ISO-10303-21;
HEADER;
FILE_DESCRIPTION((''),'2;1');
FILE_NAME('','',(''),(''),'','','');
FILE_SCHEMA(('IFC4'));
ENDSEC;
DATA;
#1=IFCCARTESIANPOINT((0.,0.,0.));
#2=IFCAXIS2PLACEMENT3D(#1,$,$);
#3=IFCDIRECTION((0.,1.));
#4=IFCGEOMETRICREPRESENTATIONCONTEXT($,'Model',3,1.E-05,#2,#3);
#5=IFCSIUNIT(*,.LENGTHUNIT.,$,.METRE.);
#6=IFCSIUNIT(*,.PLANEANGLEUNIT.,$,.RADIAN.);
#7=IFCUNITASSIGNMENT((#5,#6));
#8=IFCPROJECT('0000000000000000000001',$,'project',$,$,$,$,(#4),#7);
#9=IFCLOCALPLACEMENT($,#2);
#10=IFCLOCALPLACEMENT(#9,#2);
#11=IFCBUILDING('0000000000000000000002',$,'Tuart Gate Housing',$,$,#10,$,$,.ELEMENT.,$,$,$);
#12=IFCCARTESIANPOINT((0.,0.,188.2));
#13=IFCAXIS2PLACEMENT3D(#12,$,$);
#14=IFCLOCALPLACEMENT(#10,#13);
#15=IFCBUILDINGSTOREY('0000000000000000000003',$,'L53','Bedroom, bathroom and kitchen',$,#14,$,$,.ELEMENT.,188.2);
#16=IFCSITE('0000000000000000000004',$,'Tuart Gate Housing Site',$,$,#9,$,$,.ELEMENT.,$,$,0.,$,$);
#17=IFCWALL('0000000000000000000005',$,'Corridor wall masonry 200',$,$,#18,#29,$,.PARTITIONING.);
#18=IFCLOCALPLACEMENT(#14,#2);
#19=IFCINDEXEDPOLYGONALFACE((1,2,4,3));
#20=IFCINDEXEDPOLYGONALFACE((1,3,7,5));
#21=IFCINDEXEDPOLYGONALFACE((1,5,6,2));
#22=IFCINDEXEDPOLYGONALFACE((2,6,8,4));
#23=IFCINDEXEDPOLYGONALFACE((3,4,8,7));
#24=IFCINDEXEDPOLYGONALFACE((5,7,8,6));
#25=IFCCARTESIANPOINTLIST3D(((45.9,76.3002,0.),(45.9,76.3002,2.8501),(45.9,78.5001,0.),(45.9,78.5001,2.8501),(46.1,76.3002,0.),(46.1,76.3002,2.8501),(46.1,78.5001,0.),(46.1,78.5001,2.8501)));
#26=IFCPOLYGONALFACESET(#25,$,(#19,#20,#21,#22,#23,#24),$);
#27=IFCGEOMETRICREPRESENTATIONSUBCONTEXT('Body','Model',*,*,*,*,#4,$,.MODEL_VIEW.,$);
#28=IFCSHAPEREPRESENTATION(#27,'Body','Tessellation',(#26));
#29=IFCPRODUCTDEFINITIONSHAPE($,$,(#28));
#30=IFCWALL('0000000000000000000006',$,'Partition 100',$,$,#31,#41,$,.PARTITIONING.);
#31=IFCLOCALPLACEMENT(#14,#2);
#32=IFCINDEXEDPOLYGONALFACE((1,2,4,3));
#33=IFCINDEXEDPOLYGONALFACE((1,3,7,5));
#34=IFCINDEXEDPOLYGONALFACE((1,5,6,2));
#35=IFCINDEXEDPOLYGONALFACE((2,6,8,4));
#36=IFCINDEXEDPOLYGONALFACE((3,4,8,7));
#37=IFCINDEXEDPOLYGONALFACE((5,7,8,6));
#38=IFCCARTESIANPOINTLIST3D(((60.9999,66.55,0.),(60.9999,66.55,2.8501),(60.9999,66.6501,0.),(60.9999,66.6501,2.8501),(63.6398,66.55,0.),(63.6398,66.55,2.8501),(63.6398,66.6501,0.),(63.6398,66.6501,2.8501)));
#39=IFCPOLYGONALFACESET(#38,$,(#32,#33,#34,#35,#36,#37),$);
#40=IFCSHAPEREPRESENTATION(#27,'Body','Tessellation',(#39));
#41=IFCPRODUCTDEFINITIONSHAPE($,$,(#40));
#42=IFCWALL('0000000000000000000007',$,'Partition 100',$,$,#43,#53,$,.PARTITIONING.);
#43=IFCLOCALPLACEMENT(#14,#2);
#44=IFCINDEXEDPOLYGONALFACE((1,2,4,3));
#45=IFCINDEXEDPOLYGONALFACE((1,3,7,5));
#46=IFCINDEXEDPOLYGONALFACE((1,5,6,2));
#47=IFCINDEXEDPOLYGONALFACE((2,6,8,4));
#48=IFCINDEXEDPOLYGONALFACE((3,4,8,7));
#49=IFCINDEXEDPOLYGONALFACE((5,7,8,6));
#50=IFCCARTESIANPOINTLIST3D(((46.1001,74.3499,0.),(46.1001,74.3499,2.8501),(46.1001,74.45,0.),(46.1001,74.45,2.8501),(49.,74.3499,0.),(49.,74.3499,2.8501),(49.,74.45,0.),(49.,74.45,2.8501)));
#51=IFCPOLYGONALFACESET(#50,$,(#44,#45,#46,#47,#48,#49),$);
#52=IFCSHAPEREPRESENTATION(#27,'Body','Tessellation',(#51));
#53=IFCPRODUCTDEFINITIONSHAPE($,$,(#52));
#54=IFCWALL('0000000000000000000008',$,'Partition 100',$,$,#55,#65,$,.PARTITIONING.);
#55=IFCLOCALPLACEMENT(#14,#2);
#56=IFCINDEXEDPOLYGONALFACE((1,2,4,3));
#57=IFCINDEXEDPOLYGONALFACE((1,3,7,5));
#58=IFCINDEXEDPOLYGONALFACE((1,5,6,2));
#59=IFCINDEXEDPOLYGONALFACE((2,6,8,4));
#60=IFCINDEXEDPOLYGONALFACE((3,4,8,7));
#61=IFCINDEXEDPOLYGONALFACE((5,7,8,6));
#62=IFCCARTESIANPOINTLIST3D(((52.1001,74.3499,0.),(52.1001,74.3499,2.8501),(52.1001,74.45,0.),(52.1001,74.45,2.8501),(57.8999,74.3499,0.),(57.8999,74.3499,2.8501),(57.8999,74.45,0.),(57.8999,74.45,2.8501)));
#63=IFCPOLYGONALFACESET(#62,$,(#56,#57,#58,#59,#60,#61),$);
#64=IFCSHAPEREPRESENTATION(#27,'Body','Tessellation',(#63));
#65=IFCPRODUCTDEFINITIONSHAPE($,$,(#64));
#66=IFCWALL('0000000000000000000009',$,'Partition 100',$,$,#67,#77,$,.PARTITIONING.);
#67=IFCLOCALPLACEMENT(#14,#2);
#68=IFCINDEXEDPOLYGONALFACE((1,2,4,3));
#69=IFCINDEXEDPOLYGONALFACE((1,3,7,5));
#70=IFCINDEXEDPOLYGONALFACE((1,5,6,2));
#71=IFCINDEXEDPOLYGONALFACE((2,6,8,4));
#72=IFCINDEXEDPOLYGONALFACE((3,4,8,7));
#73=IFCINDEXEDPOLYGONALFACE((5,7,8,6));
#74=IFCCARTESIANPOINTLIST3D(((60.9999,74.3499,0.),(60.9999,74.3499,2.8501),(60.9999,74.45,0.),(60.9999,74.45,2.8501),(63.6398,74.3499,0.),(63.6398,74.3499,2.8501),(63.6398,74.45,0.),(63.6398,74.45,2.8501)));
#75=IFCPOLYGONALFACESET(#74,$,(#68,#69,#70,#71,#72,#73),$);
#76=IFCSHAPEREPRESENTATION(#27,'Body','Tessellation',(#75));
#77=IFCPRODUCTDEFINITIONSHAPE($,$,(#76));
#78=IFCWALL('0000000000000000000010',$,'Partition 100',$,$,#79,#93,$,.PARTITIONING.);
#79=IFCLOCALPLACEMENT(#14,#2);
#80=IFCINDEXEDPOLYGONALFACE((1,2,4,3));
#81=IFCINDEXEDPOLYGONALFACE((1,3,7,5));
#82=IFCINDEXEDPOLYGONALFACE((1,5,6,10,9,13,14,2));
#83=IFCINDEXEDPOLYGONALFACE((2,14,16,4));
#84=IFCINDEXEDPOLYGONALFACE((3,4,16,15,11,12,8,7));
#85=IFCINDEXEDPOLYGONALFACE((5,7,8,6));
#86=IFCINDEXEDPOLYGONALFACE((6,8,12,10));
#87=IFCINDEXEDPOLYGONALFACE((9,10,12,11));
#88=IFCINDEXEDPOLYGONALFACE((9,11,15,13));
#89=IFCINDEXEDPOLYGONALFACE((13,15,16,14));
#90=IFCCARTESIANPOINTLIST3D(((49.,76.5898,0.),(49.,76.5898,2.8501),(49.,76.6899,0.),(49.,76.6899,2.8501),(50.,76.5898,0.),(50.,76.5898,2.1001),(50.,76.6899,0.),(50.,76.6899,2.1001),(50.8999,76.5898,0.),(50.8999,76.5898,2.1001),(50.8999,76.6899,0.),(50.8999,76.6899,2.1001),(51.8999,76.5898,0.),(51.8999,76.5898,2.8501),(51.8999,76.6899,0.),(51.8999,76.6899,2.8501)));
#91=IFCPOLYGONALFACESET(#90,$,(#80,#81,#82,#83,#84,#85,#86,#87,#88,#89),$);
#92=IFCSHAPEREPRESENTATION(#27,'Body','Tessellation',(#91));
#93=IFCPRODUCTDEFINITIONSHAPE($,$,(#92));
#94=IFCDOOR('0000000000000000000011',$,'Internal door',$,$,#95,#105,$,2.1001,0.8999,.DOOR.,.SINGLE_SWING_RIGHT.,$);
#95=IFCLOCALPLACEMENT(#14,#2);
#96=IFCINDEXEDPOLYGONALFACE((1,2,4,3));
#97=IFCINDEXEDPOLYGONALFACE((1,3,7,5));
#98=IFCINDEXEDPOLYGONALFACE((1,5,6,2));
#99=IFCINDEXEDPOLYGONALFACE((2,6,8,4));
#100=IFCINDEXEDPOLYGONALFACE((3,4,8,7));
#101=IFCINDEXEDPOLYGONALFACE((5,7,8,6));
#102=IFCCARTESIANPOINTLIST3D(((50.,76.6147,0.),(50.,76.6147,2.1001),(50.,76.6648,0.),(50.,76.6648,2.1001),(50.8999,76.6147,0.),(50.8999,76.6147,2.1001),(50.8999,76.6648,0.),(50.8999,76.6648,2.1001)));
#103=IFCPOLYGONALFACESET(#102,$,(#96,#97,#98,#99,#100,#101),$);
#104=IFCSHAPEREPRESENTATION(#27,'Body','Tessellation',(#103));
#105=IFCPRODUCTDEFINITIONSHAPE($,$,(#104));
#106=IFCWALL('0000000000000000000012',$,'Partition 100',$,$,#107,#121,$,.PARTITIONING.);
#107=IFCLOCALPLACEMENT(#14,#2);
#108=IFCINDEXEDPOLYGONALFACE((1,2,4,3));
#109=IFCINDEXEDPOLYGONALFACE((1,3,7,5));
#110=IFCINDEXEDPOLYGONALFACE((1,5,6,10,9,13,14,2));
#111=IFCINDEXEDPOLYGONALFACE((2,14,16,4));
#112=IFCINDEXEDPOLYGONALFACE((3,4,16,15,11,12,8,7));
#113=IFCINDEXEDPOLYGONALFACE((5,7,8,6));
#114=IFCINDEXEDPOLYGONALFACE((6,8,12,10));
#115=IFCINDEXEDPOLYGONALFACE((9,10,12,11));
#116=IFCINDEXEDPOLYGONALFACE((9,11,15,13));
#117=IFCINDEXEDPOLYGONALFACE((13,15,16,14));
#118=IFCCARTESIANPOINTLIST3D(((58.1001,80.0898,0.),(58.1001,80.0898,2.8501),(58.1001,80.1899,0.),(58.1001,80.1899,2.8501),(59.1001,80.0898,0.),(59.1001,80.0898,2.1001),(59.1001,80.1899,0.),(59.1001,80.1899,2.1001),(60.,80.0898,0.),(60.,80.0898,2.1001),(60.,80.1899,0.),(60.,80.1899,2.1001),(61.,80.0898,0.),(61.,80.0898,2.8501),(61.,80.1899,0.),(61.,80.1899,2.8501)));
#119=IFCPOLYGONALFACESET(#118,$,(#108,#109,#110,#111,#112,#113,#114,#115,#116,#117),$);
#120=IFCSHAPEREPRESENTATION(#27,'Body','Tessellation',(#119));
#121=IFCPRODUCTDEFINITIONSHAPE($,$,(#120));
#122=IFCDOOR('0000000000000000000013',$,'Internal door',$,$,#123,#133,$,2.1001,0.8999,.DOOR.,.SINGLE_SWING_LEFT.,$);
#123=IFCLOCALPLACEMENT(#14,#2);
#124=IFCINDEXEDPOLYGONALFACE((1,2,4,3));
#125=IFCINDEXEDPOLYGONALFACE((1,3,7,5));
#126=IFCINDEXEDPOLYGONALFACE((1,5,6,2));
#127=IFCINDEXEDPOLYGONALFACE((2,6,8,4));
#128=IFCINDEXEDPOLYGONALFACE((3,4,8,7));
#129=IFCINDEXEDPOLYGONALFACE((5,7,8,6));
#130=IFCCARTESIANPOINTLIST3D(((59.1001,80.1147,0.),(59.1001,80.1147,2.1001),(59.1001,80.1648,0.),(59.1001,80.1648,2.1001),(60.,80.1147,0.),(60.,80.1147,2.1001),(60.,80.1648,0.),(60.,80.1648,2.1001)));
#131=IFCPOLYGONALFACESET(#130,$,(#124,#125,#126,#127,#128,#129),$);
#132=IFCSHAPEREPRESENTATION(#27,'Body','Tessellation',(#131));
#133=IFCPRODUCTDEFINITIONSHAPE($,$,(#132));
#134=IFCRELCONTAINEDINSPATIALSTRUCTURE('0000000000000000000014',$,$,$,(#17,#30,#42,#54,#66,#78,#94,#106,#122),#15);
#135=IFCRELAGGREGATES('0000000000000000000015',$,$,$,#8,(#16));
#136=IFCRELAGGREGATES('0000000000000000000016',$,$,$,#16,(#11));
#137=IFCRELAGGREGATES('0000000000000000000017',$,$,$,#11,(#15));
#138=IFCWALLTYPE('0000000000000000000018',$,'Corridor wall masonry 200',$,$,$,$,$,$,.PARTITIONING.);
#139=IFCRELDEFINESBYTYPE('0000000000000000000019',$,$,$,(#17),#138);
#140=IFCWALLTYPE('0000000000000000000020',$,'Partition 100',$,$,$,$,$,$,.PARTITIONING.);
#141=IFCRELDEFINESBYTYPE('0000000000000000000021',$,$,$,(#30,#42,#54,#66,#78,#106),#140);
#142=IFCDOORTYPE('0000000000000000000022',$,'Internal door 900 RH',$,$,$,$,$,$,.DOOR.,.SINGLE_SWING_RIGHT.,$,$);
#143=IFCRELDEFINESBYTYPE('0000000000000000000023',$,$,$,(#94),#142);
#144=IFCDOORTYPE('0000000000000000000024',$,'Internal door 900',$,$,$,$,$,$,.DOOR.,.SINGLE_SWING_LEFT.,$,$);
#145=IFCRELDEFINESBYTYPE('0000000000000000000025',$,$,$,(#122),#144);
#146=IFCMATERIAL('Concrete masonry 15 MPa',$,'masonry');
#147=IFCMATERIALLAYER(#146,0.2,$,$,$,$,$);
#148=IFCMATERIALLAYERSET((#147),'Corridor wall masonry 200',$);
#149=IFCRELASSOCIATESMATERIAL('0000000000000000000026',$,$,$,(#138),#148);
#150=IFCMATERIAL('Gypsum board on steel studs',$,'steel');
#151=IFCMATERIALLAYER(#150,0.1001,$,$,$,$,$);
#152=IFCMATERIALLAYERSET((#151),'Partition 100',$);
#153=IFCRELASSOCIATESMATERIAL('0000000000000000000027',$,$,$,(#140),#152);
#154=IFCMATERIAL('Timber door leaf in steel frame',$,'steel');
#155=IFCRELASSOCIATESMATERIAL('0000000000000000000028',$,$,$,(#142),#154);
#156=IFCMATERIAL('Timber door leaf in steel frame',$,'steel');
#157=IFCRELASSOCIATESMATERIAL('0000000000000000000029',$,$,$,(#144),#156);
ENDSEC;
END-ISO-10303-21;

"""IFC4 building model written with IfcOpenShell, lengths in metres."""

from ifc_helpers import new_model, si_unit, direction, frame, frame_2d, origin, place, context, subcontext, project, spatial, rectangle, extrude, material, layer, layer_set, type_object, element, fill, save


model = new_model("IFC4")

# Units and contexts
model_context = context("Model", 3, precision=1e-05, world=origin(), true_north=direction((0.0, 1.0)))
body_context = subcontext(model_context, "Body", "Model", "MODEL_VIEW")
ifc_project = project(units=[si_unit("LENGTHUNIT", "METRE"), si_unit("PLANEANGLEUNIT", "RADIAN")], contexts=[model_context])

# Site, building, storey
site_placement = place(None, origin())
site = spatial("IfcSite", under=ifc_project, at=site_placement, Name="Tuart Gate Housing Site", CompositionType="ELEMENT", RefElevation=0.0)
building_placement = place(site_placement, origin())
building = spatial("IfcBuilding", under=site, at=building_placement, Name="Tuart Gate Housing", CompositionType="ELEMENT")
storey_placement = place(building_placement, frame((0.0, 0.0, 188.2)))
storey = spatial("IfcBuildingStorey", under=building, at=storey_placement, Name="L53", Description="Bedroom, bathroom and kitchen", CompositionType="ELEMENT", Elevation=188.2)

# Walls
ifc_material_1 = material(Name="Concrete masonry 15 MPa", Category="masonry")
ifc_layer_1 = layer(ifc_material_1, 0.2)
ifc_layer_set_1 = layer_set([ifc_layer_1], Name="Corridor wall masonry 200")
wall_type_1 = type_object("IfcWallType", Name="Corridor wall masonry 200", PredefinedType="PARTITIONING", material=ifc_layer_set_1)
wall_1_placement = place(storey_placement, frame((46.0, 76.3, 0.0), z_axis=(0.0, 0.0, 1.0), x_axis=(0.0, 1.0, 0.0)))
element("IfcWall", 1, at=wall_1_placement, inside=storey, type_object=wall_type_1, Name="Corridor wall masonry 200", PredefinedType="PARTITIONING", context=body_context, shape_type="SweptSolid", body=[
    extrude(rectangle(XDim=2.2, YDim=0.2, at=frame_2d((1.1001, 0.0))), origin(), (0.0, 0.0, 1.0), 2.8501),
])
ifc_material_2 = material(Name="Gypsum board on steel studs", Category="steel")
ifc_layer_2 = layer(ifc_material_2, 0.1001)
ifc_layer_set_2 = layer_set([ifc_layer_2], Name="Partition 100")
wall_type_2 = type_object("IfcWallType", Name="Partition 100", PredefinedType="PARTITIONING", material=ifc_layer_set_2)
wall_2_placement = place(storey_placement, frame((61.0, 66.6001, 0.0), z_axis=(0.0, 0.0, 1.0), x_axis=(1.0, 0.0, 0.0)))
element("IfcWall", 2, at=wall_2_placement, inside=storey, type_object=wall_type_2, Name="Partition 100", PredefinedType="PARTITIONING", context=body_context, shape_type="SweptSolid", body=[
    extrude(rectangle(XDim=2.6399, YDim=0.1001, at=frame_2d((1.3198, 0.0))), origin(), (0.0, 0.0, 1.0), 2.8501),
])
wall_3_placement = place(storey_placement, frame((46.1001, 74.3999, 0.0), z_axis=(0.0, 0.0, 1.0), x_axis=(1.0, 0.0, 0.0)))
element("IfcWall", 3, at=wall_3_placement, inside=storey, type_object=wall_type_2, Name="Partition 100", PredefinedType="PARTITIONING", context=body_context, shape_type="SweptSolid", body=[
    extrude(rectangle(XDim=2.8999, YDim=0.1001, at=frame_2d((1.45, 0.0))), origin(), (0.0, 0.0, 1.0), 2.8501),
])
wall_4_placement = place(storey_placement, frame((52.1001, 74.3999, 0.0), z_axis=(0.0, 0.0, 1.0), x_axis=(1.0, 0.0, 0.0)))
element("IfcWall", 4, at=wall_4_placement, inside=storey, type_object=wall_type_2, Name="Partition 100", PredefinedType="PARTITIONING", context=body_context, shape_type="SweptSolid", body=[
    extrude(rectangle(XDim=5.7998, YDim=0.1001, at=frame_2d((2.8999, 0.0))), origin(), (0.0, 0.0, 1.0), 2.8501),
])
wall_5_placement = place(storey_placement, frame((61.0, 74.3999, 0.0), z_axis=(0.0, 0.0, 1.0), x_axis=(1.0, 0.0, 0.0)))
element("IfcWall", 5, at=wall_5_placement, inside=storey, type_object=wall_type_2, Name="Partition 100", PredefinedType="PARTITIONING", context=body_context, shape_type="SweptSolid", body=[
    extrude(rectangle(XDim=2.6399, YDim=0.1001, at=frame_2d((1.3198, 0.0))), origin(), (0.0, 0.0, 1.0), 2.8501),
])

# Walls, openings, doors
wall_6_placement = place(storey_placement, frame((49.0, 76.6399, 0.0), z_axis=(0.0, 0.0, 1.0), x_axis=(1.0, 0.0, 0.0)))
wall_6 = element("IfcWall", 6, at=wall_6_placement, inside=storey, type_object=wall_type_2, Name="Partition 100", PredefinedType="PARTITIONING", context=body_context, shape_type="SweptSolid", body=[
    extrude(rectangle(XDim=2.8999, YDim=0.1001, at=frame_2d((1.45, 0.0))), origin(), (0.0, 0.0, 1.0), 2.8501),
])
opening_1_placement = place(wall_6_placement, frame((1.0, 0.0, 0.0)))
opening_1 = element("IfcOpeningElement", 7, at=opening_1_placement, cuts=wall_6, PredefinedType="OPENING", context=body_context, shape_type="SweptSolid", body=[
    extrude(rectangle(XDim=0.8999, YDim=2.1001, at=frame_2d((0.45, 1.05))), frame((0.0, 0.0601, 0.0), z_axis=(0.0, -1.0, 0.0), x_axis=(1.0, 0.0, 0.0)), (0.0, 0.0, 1.0), 0.1201),
])
ifc_material_3 = material(Name="Timber door leaf in steel frame", Category="steel")
door_type_1 = type_object("IfcDoorType", Name="Internal door 900 RH", OperationType="SINGLE_SWING_RIGHT", PredefinedType="DOOR", material=ifc_material_3)
door_1_placement = place(opening_1_placement, frame((0.8999, 0.0, 0.0), z_axis=(0.0, 0.0, 1.0), x_axis=(-1.0, 0.0, 0.0)))
door_1 = element("IfcDoor", 8, at=door_1_placement, inside=storey, type_object=door_type_1, Name="Internal door", OperationType="SINGLE_SWING_RIGHT", OverallHeight=2.1001, OverallWidth=0.8999, PredefinedType="DOOR", context=body_context, shape_type="SweptSolid", body=[
    extrude(rectangle(XDim=0.8999, YDim=2.1001, at=frame_2d((0.45, 1.05))), frame((0.0, 0.0251, 0.0), z_axis=(0.0, -1.0, 0.0), x_axis=(1.0, 0.0, 0.0)), (0.0, 0.0, 1.0), 0.05),
])
fill(opening_1, door_1)
wall_7_placement = place(storey_placement, frame((58.1001, 80.1399, 0.0), z_axis=(0.0, 0.0, 1.0), x_axis=(1.0, 0.0, 0.0)))
wall_7 = element("IfcWall", 9, at=wall_7_placement, inside=storey, type_object=wall_type_2, Name="Partition 100", PredefinedType="PARTITIONING", context=body_context, shape_type="SweptSolid", body=[
    extrude(rectangle(XDim=2.8999, YDim=0.1001, at=frame_2d((1.45, 0.0))), origin(), (0.0, 0.0, 1.0), 2.8501),
])
opening_2_placement = place(wall_7_placement, frame((1.0, 0.0, 0.0)))
opening_2 = element("IfcOpeningElement", 10, at=opening_2_placement, cuts=wall_7, PredefinedType="OPENING", context=body_context, shape_type="SweptSolid", body=[
    extrude(rectangle(XDim=0.8999, YDim=2.1001, at=frame_2d((0.45, 1.05))), frame((0.0, 0.0601, 0.0), z_axis=(0.0, -1.0, 0.0), x_axis=(1.0, 0.0, 0.0)), (0.0, 0.0, 1.0), 0.1201),
])
ifc_material_4 = material(Name="Timber door leaf in steel frame", Category="steel")
door_type_2 = type_object("IfcDoorType", Name="Internal door 900", OperationType="SINGLE_SWING_LEFT", PredefinedType="DOOR", material=ifc_material_4)
door_2_placement = place(opening_2_placement, frame((0.8999, 0.0, 0.0), z_axis=(0.0, 0.0, 1.0), x_axis=(-1.0, 0.0, 0.0)))
door_2 = element("IfcDoor", 11, at=door_2_placement, inside=storey, type_object=door_type_2, Name="Internal door", OperationType="SINGLE_SWING_LEFT", OverallHeight=2.1001, OverallWidth=0.8999, PredefinedType="DOOR", context=body_context, shape_type="SweptSolid", body=[
    extrude(rectangle(XDim=0.8999, YDim=2.1001, at=frame_2d((0.45, 1.05))), frame((0.0, 0.0251, 0.0), z_axis=(0.0, -1.0, 0.0), x_axis=(1.0, 0.0, 0.0)), (0.0, 0.0, 1.0), 0.05),
])
fill(opening_2, door_2)

save(model, "model.ifc")
